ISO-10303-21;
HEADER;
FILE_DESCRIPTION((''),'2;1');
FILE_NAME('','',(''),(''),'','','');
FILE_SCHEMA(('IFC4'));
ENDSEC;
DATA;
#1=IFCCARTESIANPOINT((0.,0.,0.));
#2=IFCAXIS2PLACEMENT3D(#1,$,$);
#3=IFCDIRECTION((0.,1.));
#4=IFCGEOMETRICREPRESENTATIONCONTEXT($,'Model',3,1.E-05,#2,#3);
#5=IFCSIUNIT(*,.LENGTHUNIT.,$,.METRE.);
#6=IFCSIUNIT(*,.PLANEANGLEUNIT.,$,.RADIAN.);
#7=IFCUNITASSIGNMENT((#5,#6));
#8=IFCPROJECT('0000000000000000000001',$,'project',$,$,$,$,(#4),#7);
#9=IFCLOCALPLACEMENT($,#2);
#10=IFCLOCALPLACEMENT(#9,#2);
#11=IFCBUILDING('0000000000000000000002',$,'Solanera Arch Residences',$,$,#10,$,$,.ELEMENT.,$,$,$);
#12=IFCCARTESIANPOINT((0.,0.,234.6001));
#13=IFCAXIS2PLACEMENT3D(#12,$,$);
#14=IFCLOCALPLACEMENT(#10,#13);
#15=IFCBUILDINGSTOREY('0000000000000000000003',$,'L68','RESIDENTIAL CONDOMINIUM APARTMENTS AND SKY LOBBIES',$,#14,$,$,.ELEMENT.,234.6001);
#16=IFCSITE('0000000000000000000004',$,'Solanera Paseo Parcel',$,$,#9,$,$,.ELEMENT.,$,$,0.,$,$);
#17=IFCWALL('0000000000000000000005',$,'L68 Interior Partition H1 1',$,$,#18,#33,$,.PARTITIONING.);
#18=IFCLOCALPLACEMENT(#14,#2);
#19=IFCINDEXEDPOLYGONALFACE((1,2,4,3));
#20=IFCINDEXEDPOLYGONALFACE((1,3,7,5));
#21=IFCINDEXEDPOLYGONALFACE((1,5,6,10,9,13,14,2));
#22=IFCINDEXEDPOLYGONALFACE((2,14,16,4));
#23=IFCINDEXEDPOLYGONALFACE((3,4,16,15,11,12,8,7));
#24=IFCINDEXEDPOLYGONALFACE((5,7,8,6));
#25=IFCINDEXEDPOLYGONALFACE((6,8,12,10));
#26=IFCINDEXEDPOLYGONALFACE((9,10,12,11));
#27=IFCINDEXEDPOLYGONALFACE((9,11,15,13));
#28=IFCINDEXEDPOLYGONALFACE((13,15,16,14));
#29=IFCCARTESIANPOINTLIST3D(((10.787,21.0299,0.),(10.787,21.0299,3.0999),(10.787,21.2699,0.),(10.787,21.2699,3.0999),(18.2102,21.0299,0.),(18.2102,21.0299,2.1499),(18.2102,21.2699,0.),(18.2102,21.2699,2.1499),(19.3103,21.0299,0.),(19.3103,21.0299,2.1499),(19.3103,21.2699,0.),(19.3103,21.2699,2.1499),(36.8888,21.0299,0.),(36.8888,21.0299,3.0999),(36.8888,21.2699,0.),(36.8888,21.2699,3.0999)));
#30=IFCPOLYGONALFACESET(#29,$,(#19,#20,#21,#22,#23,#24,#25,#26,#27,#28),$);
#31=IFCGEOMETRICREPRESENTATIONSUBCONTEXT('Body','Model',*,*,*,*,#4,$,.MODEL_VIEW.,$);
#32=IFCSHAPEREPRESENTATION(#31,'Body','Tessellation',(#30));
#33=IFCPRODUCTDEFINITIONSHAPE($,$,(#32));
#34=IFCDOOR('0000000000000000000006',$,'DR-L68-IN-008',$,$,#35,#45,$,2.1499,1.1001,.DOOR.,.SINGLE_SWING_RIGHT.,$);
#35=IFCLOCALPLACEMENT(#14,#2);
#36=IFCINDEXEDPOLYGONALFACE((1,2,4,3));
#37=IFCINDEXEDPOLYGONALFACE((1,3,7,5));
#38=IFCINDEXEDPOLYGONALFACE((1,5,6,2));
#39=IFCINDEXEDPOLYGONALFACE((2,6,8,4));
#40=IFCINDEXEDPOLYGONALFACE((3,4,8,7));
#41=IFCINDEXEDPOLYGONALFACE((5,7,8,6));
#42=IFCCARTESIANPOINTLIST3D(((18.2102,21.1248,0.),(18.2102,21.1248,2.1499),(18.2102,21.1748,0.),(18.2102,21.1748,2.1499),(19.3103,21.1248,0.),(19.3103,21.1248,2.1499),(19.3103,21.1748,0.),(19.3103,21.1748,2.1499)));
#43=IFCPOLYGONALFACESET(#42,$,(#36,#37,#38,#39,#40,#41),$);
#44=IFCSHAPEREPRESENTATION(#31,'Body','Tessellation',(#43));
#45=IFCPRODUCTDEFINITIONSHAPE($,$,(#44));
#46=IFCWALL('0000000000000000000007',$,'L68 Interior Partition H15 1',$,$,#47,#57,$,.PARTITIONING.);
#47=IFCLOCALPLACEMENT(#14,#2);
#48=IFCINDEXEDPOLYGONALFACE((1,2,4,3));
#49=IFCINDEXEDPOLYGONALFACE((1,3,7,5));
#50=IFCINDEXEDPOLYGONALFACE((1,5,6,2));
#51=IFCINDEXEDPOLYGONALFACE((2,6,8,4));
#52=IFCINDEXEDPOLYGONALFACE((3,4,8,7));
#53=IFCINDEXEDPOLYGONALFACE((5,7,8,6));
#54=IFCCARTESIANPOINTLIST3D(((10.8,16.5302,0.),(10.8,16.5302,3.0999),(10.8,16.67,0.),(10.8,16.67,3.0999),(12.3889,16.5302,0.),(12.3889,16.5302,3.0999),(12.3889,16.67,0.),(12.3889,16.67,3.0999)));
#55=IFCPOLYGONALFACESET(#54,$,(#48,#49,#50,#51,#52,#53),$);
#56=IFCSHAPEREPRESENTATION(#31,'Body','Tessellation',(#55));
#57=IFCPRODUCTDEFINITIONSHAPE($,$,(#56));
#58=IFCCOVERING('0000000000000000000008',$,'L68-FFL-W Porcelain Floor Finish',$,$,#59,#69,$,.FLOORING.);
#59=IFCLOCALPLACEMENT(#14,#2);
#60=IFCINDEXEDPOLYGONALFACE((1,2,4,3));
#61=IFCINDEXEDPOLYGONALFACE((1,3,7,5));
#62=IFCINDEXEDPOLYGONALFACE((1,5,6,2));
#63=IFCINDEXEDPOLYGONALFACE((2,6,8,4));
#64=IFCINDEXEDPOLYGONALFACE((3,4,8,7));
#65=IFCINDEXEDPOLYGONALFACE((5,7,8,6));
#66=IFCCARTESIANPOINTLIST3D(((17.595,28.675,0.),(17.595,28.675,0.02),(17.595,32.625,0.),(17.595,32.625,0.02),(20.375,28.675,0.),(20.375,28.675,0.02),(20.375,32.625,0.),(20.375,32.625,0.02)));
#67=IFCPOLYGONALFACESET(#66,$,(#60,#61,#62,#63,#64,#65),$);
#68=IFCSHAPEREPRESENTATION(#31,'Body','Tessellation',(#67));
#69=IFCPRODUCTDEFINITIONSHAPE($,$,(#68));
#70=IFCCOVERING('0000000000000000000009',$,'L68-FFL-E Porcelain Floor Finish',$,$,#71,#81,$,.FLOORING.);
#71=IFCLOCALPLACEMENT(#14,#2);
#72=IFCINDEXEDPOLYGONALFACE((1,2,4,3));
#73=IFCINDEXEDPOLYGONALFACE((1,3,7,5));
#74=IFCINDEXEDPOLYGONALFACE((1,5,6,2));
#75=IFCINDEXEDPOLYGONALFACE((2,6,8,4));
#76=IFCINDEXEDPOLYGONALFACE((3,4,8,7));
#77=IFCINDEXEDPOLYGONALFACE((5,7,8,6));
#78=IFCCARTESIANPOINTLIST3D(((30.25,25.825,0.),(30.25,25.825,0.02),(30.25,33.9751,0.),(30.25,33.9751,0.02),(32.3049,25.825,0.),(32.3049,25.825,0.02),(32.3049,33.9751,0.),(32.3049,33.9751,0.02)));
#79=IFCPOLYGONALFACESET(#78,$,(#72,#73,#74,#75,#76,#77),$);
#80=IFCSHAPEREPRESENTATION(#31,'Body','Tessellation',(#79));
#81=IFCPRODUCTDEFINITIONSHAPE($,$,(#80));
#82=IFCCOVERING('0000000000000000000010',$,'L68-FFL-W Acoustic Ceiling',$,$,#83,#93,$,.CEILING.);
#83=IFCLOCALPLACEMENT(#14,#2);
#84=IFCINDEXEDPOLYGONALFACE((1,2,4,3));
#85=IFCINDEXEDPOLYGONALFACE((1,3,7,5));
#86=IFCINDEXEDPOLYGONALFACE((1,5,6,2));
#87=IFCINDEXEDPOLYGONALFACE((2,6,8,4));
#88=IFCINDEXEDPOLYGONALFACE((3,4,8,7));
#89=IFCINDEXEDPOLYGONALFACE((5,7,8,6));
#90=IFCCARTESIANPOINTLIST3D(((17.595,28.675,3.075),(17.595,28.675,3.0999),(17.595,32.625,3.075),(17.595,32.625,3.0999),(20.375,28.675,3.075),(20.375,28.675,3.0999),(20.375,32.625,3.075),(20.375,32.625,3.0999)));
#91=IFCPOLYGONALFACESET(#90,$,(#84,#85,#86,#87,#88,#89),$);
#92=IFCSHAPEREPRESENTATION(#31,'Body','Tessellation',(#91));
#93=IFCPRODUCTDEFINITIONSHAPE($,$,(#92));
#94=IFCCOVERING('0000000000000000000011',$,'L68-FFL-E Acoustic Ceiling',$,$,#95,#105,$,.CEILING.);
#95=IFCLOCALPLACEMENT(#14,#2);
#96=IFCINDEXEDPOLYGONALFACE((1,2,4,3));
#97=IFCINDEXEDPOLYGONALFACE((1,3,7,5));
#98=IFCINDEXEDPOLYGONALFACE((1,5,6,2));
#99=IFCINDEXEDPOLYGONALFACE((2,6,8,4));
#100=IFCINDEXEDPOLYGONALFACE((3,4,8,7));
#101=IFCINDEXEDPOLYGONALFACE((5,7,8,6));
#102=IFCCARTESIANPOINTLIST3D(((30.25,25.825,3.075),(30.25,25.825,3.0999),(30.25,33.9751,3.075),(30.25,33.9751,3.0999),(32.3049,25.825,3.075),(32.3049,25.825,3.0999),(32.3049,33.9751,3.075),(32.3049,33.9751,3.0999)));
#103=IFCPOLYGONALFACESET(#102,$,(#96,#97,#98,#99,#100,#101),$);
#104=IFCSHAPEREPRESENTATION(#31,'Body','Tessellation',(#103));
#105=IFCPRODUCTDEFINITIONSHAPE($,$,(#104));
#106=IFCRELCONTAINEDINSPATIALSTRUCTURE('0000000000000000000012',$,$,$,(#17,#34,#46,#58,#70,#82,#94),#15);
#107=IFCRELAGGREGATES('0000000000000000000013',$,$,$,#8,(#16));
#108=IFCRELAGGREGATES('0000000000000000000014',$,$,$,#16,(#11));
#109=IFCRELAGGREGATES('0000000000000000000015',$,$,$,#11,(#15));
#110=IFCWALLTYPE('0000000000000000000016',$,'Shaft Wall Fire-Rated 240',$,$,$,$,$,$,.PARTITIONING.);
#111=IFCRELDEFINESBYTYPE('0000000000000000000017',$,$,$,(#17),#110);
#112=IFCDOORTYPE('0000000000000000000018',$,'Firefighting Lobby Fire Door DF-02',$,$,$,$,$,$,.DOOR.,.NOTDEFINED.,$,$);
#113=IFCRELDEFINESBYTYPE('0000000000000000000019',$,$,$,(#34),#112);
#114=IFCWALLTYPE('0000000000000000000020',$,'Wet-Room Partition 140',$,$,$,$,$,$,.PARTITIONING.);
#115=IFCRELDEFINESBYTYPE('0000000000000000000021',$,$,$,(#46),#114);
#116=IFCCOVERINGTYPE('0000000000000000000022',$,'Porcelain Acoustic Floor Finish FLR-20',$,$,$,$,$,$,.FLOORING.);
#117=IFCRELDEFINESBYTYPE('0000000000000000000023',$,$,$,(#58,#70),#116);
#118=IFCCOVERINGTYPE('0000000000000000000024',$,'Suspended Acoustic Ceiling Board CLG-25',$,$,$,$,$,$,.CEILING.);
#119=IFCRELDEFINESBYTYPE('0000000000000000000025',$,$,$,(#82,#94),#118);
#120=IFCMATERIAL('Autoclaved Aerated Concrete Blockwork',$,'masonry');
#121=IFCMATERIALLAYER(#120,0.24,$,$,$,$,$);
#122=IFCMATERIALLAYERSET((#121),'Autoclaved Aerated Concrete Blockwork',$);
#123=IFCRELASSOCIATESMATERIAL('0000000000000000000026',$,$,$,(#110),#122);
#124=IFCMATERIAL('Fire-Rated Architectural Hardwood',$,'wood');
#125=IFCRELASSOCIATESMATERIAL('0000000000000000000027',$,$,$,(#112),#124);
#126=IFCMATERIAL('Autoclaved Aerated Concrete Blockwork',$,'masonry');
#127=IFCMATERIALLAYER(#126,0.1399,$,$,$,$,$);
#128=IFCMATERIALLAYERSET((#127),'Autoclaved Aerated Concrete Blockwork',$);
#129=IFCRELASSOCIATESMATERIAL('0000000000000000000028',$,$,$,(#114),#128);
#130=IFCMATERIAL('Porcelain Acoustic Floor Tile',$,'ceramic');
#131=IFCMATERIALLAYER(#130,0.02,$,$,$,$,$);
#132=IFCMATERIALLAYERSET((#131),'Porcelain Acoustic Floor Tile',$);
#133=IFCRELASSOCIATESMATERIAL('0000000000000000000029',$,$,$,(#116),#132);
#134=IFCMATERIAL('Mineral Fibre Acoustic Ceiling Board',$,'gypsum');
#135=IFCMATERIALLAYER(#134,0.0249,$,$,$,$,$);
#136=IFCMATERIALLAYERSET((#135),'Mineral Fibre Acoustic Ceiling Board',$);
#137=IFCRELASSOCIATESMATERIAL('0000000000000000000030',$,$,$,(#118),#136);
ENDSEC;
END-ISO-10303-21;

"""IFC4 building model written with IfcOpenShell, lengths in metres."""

from ifc_helpers import new_model, si_unit, direction, frame, frame_2d, origin, place, context, subcontext, project, spatial, polyline, rectangle, outline, extrude, material, layer, layer_set, type_object, element, fill, save


model = new_model("IFC4")

# Units and contexts
model_context = context("Model", 3, precision=1e-05, world=origin(), true_north=direction((0.0, 1.0)))
body_context = subcontext(model_context, "Body", "Model", "MODEL_VIEW")
ifc_project = project(units=[si_unit("LENGTHUNIT", "METRE"), si_unit("PLANEANGLEUNIT", "RADIAN")], contexts=[model_context])

# Site, building, storey
site_placement = place(None, origin())
site = spatial("IfcSite", under=ifc_project, at=site_placement, Name="Solanera Paseo Parcel", CompositionType="ELEMENT", RefElevation=0.0)
building_placement = place(site_placement, origin())
building = spatial("IfcBuilding", under=site, at=building_placement, Name="Solanera Arch Residences", CompositionType="ELEMENT")
storey_placement = place(building_placement, frame((0.0, 0.0, 234.6001)))
storey = spatial("IfcBuildingStorey", under=building, at=storey_placement, Name="L68", Description="RESIDENTIAL CONDOMINIUM APARTMENTS AND SKY LOBBIES", CompositionType="ELEMENT", Elevation=234.6001)

# Wall, opening, door
ifc_material_1 = material(Name="Autoclaved Aerated Concrete Blockwork", Category="masonry")
ifc_layer_1 = layer(ifc_material_1, 0.24)
ifc_layer_set_1 = layer_set([ifc_layer_1], Name="Autoclaved Aerated Concrete Blockwork")
wall_type_1 = type_object("IfcWallType", Name="Shaft Wall Fire-Rated 240", PredefinedType="PARTITIONING", material=ifc_layer_set_1)
wall_1_placement = place(storey_placement, frame((10.7871, 21.1499, 0.0), z_axis=(0.0, 0.0, 1.0), x_axis=(1.0, 0.0, 0.0)))
wall_1 = element("IfcWall", 1, at=wall_1_placement, inside=storey, type_object=wall_type_1, Name="L68 Interior Partition H1 1", PredefinedType="PARTITIONING", context=body_context, shape_type="SweptSolid", body=[
    extrude(rectangle(XDim=26.1018, YDim=0.24, at=frame_2d((13.0508, 0.0))), origin(), (0.0, 0.0, 1.0), 3.0999),
])
opening_1_placement = place(wall_1_placement, frame((7.4231, 0.0, 0.0)))
opening_1 = element("IfcOpeningElement", 2, at=opening_1_placement, cuts=wall_1, PredefinedType="OPENING", context=body_context, shape_type="SweptSolid", body=[
    extrude(rectangle(XDim=1.1001, YDim=2.1499, at=frame_2d((0.55, 1.075))), frame((0.0, 0.1299, 0.0), z_axis=(0.0, -1.0, 0.0), x_axis=(1.0, 0.0, 0.0)), (0.0, 0.0, 1.0), 0.26),
])
ifc_material_2 = material(Name="Fire-Rated Architectural Hardwood", Category="wood")
door_type_1 = type_object("IfcDoorType", Name="Firefighting Lobby Fire Door DF-02", OperationType="NOTDEFINED", PredefinedType="DOOR", material=ifc_material_2)
door_1_placement = place(opening_1_placement, origin())
door_1 = element("IfcDoor", 3, at=door_1_placement, inside=storey, type_object=door_type_1, Name="DR-L68-IN-008", OperationType="SINGLE_SWING_RIGHT", OverallHeight=2.1499, OverallWidth=1.1001, PredefinedType="DOOR", context=body_context, shape_type="SweptSolid", body=[
    extrude(rectangle(XDim=1.1001, YDim=2.1499, at=frame_2d((0.55, 1.075))), frame((0.0, 0.0249, 0.0), z_axis=(0.0, -1.0, 0.0), x_axis=(1.0, 0.0, 0.0)), (0.0, 0.0, 1.0), 0.05),
])
fill(opening_1, door_1)

# Wall
ifc_material_3 = material(Name="Autoclaved Aerated Concrete Blockwork", Category="masonry")
ifc_layer_2 = layer(ifc_material_3, 0.1399)
ifc_layer_set_2 = layer_set([ifc_layer_2], Name="Autoclaved Aerated Concrete Blockwork")
wall_type_2 = type_object("IfcWallType", Name="Wet-Room Partition 140", PredefinedType="PARTITIONING", material=ifc_layer_set_2)
wall_2_placement = place(storey_placement, frame((10.8, 16.6001, 0.0), z_axis=(0.0, 0.0, 1.0), x_axis=(1.0, 0.0, 0.0)))
element("IfcWall", 4, at=wall_2_placement, inside=storey, type_object=wall_type_2, Name="L68 Interior Partition H15 1", PredefinedType="PARTITIONING", context=body_context, shape_type="SweptSolid", body=[
    extrude(rectangle(XDim=1.5889, YDim=0.1399, at=frame_2d((0.7944, 0.0))), origin(), (0.0, 0.0, 1.0), 3.0999),
])

# Coverings
ifc_material_4 = material(Name="Porcelain Acoustic Floor Tile", Category="ceramic")
ifc_layer_3 = layer(ifc_material_4, 0.02)
ifc_layer_set_3 = layer_set([ifc_layer_3], Name="Porcelain Acoustic Floor Tile")
covering_type_1 = type_object("IfcCoveringType", Name="Porcelain Acoustic Floor Finish FLR-20", PredefinedType="FLOORING", material=ifc_layer_set_3)
covering_1_placement = place(storey_placement, origin())
element("IfcCovering", 5, at=covering_1_placement, inside=storey, type_object=covering_type_1, Name="L68-FFL-W Porcelain Floor Finish", PredefinedType="FLOORING", context=body_context, shape_type="SweptSolid", body=[
    extrude(outline(polyline([(20.375, 28.675), (17.595, 28.675), (17.595, 32.625), (20.375, 32.625), (20.375, 28.675)])), origin(), (0.0, 0.0, 1.0), 0.02),
])
covering_2_placement = place(storey_placement, origin())
element("IfcCovering", 6, at=covering_2_placement, inside=storey, type_object=covering_type_1, Name="L68-FFL-E Porcelain Floor Finish", PredefinedType="FLOORING", context=body_context, shape_type="SweptSolid", body=[
    extrude(outline(polyline([(32.3049, 25.825), (30.25, 25.825), (30.25, 33.9751), (32.3049, 33.9751), (32.3049, 25.825)])), origin(), (0.0, 0.0, 1.0), 0.02),
])
ifc_material_5 = material(Name="Mineral Fibre Acoustic Ceiling Board", Category="gypsum")
ifc_layer_4 = layer(ifc_material_5, 0.0249)
ifc_layer_set_4 = layer_set([ifc_layer_4], Name="Mineral Fibre Acoustic Ceiling Board")
covering_type_2 = type_object("IfcCoveringType", Name="Suspended Acoustic Ceiling Board CLG-25", PredefinedType="CEILING", material=ifc_layer_set_4)
covering_3_placement = place(storey_placement, frame((0.0, 0.0, 3.075)))
element("IfcCovering", 7, at=covering_3_placement, inside=storey, type_object=covering_type_2, Name="L68-FFL-W Acoustic Ceiling", PredefinedType="CEILING", context=body_context, shape_type="SweptSolid", body=[
    extrude(outline(polyline([(20.375, 28.675), (17.595, 28.675), (17.595, 32.625), (20.375, 32.625), (20.375, 28.675)])), origin(), (0.0, 0.0, 1.0), 0.0249),
])
covering_4_placement = place(storey_placement, frame((0.0, 0.0, 3.075)))
element("IfcCovering", 8, at=covering_4_placement, inside=storey, type_object=covering_type_2, Name="L68-FFL-E Acoustic Ceiling", PredefinedType="CEILING", context=body_context, shape_type="SweptSolid", body=[
    extrude(outline(polyline([(32.3049, 25.825), (30.25, 25.825), (30.25, 33.9751), (32.3049, 33.9751), (32.3049, 25.825)])), origin(), (0.0, 0.0, 1.0), 0.0249),
])

save(model, "model.ifc")
